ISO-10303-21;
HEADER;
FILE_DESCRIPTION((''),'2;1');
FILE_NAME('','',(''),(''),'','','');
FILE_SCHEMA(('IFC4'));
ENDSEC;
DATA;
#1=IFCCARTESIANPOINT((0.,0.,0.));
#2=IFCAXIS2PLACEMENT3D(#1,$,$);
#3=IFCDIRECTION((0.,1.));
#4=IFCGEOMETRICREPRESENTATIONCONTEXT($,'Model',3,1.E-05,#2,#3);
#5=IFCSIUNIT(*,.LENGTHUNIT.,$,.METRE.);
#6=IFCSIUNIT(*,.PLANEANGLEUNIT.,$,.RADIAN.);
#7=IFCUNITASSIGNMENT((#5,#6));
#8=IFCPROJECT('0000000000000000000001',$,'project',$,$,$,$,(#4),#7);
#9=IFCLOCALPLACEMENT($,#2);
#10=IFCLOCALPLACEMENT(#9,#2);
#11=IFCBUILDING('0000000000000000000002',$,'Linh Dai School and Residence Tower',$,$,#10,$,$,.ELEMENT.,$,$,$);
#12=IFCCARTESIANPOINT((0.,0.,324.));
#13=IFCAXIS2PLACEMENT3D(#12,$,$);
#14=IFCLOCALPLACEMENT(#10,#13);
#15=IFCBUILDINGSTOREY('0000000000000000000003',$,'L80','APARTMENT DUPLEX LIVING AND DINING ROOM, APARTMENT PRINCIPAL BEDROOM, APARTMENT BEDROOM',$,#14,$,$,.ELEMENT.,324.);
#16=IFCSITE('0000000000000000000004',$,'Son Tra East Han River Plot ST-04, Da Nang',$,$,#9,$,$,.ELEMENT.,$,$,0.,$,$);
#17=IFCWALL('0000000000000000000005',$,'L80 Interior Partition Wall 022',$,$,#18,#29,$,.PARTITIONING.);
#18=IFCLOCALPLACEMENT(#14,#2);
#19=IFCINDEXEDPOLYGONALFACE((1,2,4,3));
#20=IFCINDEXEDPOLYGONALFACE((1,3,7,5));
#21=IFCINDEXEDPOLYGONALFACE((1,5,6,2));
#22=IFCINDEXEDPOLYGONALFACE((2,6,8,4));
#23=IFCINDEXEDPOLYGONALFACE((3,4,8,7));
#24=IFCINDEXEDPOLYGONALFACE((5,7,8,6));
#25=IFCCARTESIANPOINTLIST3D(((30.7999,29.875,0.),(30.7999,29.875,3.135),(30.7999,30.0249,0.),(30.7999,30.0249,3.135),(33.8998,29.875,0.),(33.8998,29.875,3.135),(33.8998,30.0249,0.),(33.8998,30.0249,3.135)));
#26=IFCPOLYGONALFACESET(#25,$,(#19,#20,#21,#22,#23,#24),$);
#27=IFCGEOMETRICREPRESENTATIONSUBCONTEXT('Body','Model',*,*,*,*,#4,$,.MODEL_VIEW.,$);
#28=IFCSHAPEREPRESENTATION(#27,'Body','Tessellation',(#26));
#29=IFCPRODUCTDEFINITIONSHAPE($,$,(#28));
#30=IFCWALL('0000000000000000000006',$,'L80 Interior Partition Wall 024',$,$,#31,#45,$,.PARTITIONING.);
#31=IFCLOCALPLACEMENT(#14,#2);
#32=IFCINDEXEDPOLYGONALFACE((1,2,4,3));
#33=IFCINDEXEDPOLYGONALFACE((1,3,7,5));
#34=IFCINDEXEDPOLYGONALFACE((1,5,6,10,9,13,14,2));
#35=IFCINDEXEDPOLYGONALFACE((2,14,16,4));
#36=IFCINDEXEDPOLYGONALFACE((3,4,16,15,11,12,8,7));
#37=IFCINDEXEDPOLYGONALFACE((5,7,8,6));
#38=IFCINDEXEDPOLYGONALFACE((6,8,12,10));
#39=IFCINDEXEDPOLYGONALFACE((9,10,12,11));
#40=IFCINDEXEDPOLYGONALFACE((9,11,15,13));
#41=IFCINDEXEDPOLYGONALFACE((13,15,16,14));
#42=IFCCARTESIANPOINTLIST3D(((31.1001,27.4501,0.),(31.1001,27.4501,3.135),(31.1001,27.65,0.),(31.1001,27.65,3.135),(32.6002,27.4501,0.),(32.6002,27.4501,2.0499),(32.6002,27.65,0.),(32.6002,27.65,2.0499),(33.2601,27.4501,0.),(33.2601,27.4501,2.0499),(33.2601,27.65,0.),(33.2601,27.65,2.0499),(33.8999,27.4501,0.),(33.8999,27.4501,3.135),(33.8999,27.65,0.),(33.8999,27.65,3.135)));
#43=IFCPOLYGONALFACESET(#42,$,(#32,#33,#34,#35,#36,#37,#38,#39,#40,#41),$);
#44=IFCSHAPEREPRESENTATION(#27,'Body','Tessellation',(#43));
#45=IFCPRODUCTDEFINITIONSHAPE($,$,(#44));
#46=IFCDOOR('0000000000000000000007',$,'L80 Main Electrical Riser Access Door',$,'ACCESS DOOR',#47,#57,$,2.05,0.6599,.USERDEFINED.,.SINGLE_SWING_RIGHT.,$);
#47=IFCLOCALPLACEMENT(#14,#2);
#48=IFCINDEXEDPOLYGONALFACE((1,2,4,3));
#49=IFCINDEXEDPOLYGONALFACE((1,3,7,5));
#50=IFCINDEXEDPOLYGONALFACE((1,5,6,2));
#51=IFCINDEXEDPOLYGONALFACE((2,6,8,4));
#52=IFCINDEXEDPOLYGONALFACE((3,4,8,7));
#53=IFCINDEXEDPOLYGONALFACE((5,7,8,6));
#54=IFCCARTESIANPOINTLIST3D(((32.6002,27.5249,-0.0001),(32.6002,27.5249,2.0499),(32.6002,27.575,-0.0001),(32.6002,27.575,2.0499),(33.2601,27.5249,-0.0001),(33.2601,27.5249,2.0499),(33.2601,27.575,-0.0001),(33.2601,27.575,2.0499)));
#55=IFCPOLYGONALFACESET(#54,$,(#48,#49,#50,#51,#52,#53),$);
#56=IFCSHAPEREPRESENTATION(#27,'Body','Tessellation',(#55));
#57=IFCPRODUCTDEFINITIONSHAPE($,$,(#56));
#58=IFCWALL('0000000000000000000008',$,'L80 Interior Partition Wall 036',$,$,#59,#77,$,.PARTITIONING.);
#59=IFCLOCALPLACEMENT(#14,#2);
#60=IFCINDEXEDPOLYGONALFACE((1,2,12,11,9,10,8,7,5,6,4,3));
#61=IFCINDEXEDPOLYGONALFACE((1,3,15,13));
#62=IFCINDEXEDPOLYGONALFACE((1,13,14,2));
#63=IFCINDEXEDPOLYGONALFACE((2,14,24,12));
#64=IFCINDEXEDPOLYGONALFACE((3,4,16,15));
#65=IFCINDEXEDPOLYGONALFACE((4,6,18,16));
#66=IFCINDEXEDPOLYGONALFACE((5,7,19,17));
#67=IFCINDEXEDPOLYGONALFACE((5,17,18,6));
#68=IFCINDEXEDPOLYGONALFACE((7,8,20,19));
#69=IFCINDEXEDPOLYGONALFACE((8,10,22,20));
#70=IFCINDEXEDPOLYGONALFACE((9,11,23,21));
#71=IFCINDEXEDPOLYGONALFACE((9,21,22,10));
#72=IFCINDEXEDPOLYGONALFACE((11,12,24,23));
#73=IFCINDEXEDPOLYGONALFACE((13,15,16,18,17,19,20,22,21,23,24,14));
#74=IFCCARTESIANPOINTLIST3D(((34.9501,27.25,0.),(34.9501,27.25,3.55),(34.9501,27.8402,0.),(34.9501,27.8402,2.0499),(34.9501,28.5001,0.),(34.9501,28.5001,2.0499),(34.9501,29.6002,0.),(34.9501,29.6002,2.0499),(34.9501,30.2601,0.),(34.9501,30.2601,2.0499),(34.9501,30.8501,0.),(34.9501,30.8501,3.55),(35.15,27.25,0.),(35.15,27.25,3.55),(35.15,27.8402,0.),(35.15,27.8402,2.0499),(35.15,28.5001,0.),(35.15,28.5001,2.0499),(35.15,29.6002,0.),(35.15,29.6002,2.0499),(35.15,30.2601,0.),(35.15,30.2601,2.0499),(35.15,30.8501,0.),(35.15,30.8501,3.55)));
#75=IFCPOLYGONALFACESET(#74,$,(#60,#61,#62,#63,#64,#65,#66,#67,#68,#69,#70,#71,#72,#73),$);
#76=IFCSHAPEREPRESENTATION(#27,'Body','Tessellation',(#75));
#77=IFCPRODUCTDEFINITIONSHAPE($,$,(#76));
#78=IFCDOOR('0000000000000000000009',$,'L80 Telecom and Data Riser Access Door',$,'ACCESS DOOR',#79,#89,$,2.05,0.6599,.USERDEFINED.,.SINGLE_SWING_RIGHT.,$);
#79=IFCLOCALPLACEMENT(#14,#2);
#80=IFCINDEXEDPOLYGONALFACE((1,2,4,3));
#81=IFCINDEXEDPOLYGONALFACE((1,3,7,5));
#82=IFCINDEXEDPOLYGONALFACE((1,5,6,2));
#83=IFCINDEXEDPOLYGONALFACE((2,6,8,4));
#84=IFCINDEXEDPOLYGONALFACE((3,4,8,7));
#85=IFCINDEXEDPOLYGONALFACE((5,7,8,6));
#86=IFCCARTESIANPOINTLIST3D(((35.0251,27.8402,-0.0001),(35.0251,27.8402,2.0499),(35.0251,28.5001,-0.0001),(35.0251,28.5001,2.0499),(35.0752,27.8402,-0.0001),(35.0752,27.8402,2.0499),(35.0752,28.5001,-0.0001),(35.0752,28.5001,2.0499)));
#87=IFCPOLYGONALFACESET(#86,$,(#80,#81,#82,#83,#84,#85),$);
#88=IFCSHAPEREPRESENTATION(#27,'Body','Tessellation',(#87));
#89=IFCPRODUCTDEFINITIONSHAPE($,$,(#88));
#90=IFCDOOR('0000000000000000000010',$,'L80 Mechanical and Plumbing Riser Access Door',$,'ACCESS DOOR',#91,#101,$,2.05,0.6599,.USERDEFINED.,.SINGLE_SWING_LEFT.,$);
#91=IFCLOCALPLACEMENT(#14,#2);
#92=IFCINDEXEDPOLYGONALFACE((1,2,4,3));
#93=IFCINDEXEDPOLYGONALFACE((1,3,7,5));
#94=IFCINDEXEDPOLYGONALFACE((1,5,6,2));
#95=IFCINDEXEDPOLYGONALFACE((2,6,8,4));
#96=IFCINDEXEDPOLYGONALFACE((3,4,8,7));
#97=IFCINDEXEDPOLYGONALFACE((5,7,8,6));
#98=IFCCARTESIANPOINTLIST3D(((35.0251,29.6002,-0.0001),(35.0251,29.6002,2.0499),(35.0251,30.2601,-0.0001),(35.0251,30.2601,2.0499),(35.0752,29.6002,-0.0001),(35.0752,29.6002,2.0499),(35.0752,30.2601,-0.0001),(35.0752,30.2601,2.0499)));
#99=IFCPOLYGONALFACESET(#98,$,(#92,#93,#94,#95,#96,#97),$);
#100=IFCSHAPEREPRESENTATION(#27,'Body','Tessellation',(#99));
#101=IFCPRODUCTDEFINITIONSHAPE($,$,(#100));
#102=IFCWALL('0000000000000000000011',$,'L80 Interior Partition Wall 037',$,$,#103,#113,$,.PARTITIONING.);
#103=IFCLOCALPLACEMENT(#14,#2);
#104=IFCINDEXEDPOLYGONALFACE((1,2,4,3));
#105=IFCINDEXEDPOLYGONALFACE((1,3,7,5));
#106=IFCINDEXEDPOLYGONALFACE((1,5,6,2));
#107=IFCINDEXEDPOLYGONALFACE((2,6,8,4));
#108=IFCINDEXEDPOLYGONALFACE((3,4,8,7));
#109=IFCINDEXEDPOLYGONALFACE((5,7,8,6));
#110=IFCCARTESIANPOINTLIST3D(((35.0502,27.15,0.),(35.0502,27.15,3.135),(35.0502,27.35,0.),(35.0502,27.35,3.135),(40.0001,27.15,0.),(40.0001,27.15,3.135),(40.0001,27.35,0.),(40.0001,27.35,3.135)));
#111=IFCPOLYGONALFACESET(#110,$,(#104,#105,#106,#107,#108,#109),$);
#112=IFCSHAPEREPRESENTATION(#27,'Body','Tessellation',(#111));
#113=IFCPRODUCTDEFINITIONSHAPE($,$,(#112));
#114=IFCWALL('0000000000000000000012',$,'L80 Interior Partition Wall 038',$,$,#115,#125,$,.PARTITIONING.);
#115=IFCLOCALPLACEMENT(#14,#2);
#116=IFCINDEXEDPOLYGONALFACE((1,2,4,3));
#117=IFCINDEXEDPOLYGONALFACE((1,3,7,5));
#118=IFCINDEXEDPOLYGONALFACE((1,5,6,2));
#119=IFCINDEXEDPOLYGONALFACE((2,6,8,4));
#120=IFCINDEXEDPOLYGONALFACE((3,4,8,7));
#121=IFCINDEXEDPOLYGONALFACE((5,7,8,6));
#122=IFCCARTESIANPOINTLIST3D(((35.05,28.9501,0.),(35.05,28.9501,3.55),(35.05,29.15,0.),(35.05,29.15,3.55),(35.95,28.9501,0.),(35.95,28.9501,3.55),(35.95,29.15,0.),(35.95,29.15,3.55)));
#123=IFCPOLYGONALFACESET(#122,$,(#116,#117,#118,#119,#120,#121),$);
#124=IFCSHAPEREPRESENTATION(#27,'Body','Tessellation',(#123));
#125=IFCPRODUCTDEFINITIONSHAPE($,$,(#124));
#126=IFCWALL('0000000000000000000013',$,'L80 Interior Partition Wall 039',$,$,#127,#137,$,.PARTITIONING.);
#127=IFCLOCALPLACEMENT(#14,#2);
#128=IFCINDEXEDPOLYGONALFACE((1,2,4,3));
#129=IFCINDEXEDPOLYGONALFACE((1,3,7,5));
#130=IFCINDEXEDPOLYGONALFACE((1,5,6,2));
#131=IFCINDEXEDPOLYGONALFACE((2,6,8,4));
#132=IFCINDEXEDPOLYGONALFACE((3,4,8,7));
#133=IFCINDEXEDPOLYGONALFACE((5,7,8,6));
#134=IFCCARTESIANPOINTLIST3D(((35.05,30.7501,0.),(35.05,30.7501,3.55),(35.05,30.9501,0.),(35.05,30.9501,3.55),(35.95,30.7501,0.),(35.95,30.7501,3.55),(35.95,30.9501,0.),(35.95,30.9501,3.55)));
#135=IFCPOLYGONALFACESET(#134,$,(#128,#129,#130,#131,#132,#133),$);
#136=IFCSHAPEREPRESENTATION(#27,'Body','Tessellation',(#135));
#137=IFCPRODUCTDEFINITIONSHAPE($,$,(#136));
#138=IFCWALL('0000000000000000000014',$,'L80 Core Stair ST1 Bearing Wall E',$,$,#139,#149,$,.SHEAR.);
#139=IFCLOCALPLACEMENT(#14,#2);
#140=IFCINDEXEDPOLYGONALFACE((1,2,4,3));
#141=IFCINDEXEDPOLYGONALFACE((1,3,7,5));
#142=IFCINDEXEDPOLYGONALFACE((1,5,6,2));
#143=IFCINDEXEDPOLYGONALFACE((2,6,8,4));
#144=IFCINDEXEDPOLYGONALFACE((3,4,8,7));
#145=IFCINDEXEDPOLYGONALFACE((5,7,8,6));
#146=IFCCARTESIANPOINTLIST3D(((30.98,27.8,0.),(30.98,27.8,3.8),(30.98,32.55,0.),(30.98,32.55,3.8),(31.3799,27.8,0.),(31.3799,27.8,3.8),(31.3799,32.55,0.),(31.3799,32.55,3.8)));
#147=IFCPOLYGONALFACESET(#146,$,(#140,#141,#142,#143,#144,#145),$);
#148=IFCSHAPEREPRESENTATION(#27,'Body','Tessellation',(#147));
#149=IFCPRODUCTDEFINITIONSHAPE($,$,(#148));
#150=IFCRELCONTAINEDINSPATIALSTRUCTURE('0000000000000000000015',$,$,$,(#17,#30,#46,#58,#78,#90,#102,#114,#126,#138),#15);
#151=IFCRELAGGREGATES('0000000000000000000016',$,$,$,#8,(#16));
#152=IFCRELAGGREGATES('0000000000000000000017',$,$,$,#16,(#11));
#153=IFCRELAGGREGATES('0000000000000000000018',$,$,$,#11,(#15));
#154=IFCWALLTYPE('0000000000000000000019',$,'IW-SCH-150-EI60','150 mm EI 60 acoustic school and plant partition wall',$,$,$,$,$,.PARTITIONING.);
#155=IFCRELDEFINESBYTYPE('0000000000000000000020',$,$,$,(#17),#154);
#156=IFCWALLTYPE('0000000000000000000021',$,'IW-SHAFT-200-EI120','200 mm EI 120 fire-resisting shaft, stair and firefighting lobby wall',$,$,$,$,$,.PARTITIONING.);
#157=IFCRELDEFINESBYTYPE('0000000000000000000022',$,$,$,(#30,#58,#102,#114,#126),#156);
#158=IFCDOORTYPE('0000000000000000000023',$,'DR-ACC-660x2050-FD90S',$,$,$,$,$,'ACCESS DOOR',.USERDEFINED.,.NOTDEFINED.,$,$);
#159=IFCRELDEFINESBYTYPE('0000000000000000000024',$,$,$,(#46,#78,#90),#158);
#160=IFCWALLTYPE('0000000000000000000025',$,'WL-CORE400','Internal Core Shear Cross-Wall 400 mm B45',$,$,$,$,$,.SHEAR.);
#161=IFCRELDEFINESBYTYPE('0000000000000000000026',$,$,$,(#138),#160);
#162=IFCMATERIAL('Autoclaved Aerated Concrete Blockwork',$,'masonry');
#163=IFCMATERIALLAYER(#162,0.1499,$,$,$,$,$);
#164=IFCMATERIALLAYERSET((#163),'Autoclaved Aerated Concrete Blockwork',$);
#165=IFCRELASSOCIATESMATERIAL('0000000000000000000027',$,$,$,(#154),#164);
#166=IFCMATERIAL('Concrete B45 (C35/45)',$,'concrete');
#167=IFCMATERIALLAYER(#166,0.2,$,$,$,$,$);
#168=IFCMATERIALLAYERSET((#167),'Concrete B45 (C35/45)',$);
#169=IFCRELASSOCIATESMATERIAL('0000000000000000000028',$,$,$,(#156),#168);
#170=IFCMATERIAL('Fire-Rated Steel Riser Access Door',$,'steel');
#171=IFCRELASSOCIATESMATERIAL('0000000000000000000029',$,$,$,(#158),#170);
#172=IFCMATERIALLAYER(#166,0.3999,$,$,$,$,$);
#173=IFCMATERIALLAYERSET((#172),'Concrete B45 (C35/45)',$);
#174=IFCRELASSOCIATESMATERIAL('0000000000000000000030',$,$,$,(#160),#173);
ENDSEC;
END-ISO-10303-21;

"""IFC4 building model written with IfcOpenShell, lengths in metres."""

from ifc_helpers import new_model, si_unit, direction, frame, frame_2d, origin, origin_2d, place, context, subcontext, project, spatial, rectangle, extrude, source, transform, mapped, material, layer, layer_set, type_object, element, fill, save


model = new_model("IFC4")

# Units and contexts
model_context = context("Model", 3, precision=1e-05, world=origin(), true_north=direction((0.0, 1.0)))
body_context = subcontext(model_context, "Body", "Model", "MODEL_VIEW")
ifc_project = project(units=[si_unit("LENGTHUNIT", "METRE"), si_unit("PLANEANGLEUNIT", "RADIAN")], contexts=[model_context])

# Site, building, storey
site_placement = place(None, origin())
site = spatial("IfcSite", under=ifc_project, at=site_placement, Name="Son Tra East Han River Plot ST-04, Da Nang", CompositionType="ELEMENT", RefElevation=0.0)
building_placement = place(site_placement, origin())
building = spatial("IfcBuilding", under=site, at=building_placement, Name="Linh Dai School and Residence Tower", CompositionType="ELEMENT")
storey_placement = place(building_placement, frame((0.0, 0.0, 324.0)))
storey = spatial("IfcBuildingStorey", under=building, at=storey_placement, Name="L80", Description="APARTMENT DUPLEX LIVING AND DINING ROOM, APARTMENT PRINCIPAL BEDROOM, APARTMENT BEDROOM", CompositionType="ELEMENT", Elevation=324.0)

# Shared definitions
ifc_material_1 = material(Name="Autoclaved Aerated Concrete Blockwork", Category="masonry")

# Wall
ifc_layer_1 = layer(ifc_material_1, 0.1499)
ifc_layer_set_1 = layer_set([ifc_layer_1], Name="Autoclaved Aerated Concrete Blockwork")
wall_type_1 = type_object("IfcWallType", Name="IW-SCH-150-EI60", Description="150 mm EI 60 acoustic school and plant partition wall", PredefinedType="PARTITIONING", material=ifc_layer_set_1)
wall_1_placement = place(storey_placement, frame((30.8, 29.95, 0.0), z_axis=(0.0, 0.0, 1.0), x_axis=(1.0, 0.0, 0.0)))
element("IfcWall", 1, at=wall_1_placement, inside=storey, type_object=wall_type_1, Name="L80 Interior Partition Wall 022", PredefinedType="PARTITIONING", context=body_context, shape_type="SweptSolid", body=[
    extrude(rectangle(XDim=3.0999, YDim=0.1499, at=frame_2d((1.5498, 0.0))), origin(), (0.0, 0.0, 1.0), 3.135),
])

# Wall, opening, door
ifc_material_2 = material(Name="Concrete B45 (C35/45)", Category="concrete")
ifc_layer_2 = layer(ifc_material_2, 0.2)
ifc_layer_set_2 = layer_set([ifc_layer_2], Name="Concrete B45 (C35/45)")
wall_type_2 = type_object("IfcWallType", Name="IW-SHAFT-200-EI120", Description="200 mm EI 120 fire-resisting shaft, stair and firefighting lobby wall", PredefinedType="PARTITIONING", material=ifc_layer_set_2)
wall_2_placement = place(storey_placement, frame((31.1001, 27.55, 0.0), z_axis=(0.0, 0.0, 1.0), x_axis=(1.0, 0.0, 0.0)))
wall_2 = element("IfcWall", 2, at=wall_2_placement, inside=storey, type_object=wall_type_2, Name="L80 Interior Partition Wall 024", PredefinedType="PARTITIONING", context=body_context, shape_type="SweptSolid", body=[
    extrude(rectangle(XDim=2.7998, YDim=0.2, at=frame_2d((1.3999, 0.0))), origin(), (0.0, 0.0, 1.0), 3.135),
])
opening_1_placement = place(wall_2_placement, frame((1.5, 0.0, 0.0)))
opening_1 = element("IfcOpeningElement", 3, at=opening_1_placement, cuts=wall_2, PredefinedType="OPENING", context=body_context, shape_type="SweptSolid", body=[
    extrude(rectangle(XDim=0.6599, YDim=2.05, at=origin_2d()), frame((0.3301, 0.1099, 1.0249), z_axis=(0.0, -1.0, 0.0), x_axis=(1.0, 0.0, 0.0)), (0.0, 0.0, 1.0), 0.22),
])
ifc_material_3 = material(Name="Fire-Rated Steel Riser Access Door", Category="steel")
door_type_1 = type_object("IfcDoorType", Name="DR-ACC-660x2050-FD90S", ElementType="ACCESS DOOR", OperationType="NOTDEFINED", PredefinedType="USERDEFINED", material=ifc_material_3)
shared_shape_1 = source(origin(), body_context, "Body", "SweptSolid", [
    extrude(rectangle(XDim=0.6599, YDim=2.05, at=origin_2d()), frame((0.3301, 0.0249, 1.0249), z_axis=(0.0, -1.0, 0.0), x_axis=(1.0, 0.0, 0.0)), (0.0, 0.0, 1.0), 0.05),
])
door_1_placement = place(opening_1_placement, origin())
door_1 = element("IfcDoor", 4, at=door_1_placement, inside=storey, type_object=door_type_1, Name="L80 Main Electrical Riser Access Door", ObjectType="ACCESS DOOR", OperationType="SINGLE_SWING_RIGHT", OverallHeight=2.05, OverallWidth=0.6599, PredefinedType="USERDEFINED", context=body_context, shape_type="MappedRepresentation", body=[
    mapped(shared_shape_1, transform((0.0, 0.0, 0.0), x_axis=(1.0, 0.0, 0.0), y_axis=(0.0, 1.0, 0.0), z_axis=(0.0, 0.0, 1.0), scale=1.0)),
])
fill(opening_1, door_1)

# Wall, openings, doors
wall_3_placement = place(storey_placement, frame((35.05, 27.25, 0.0), z_axis=(0.0, 0.0, 1.0), x_axis=(0.0, 1.0, 0.0)))
wall_3 = element("IfcWall", 5, at=wall_3_placement, inside=storey, type_object=wall_type_2, Name="L80 Interior Partition Wall 036", PredefinedType="PARTITIONING", context=body_context, shape_type="SweptSolid", body=[
    extrude(rectangle(XDim=3.6001, YDim=0.2, at=frame_2d((1.8, 0.0))), origin(), (0.0, 0.0, 1.0), 3.55),
])
opening_2_placement = place(wall_3_placement, frame((0.5901, 0.0, 0.0)))
opening_2 = element("IfcOpeningElement", 6, at=opening_2_placement, cuts=wall_3, PredefinedType="OPENING", context=body_context, shape_type="SweptSolid", body=[
    extrude(rectangle(XDim=0.6599, YDim=2.05, at=origin_2d()), frame((0.3301, 0.1099, 1.0249), z_axis=(0.0, -1.0, 0.0), x_axis=(1.0, 0.0, 0.0)), (0.0, 0.0, 1.0), 0.22),
])
opening_3_placement = place(wall_3_placement, frame((2.3501, 0.0, 0.0)))
opening_3 = element("IfcOpeningElement", 7, at=opening_3_placement, cuts=wall_3, PredefinedType="OPENING", context=body_context, shape_type="SweptSolid", body=[
    extrude(rectangle(XDim=0.6599, YDim=2.05, at=origin_2d()), frame((0.3301, 0.1099, 1.0249), z_axis=(0.0, -1.0, 0.0), x_axis=(1.0, 0.0, 0.0)), (0.0, 0.0, 1.0), 0.22),
])
door_2_placement = place(opening_2_placement, origin())
door_2 = element("IfcDoor", 8, at=door_2_placement, inside=storey, type_object=door_type_1, Name="L80 Telecom and Data Riser Access Door", ObjectType="ACCESS DOOR", OperationType="SINGLE_SWING_RIGHT", OverallHeight=2.05, OverallWidth=0.6599, PredefinedType="USERDEFINED", context=body_context, shape_type="MappedRepresentation", body=[
    mapped(shared_shape_1, transform((0.0, 0.0, 0.0), x_axis=(1.0, 0.0, 0.0), y_axis=(0.0, 1.0, 0.0), z_axis=(0.0, 0.0, 1.0), scale=1.0)),
])
fill(opening_2, door_2)
door_3_placement = place(opening_3_placement, origin())
door_3 = element("IfcDoor", 9, at=door_3_placement, inside=storey, type_object=door_type_1, Name="L80 Mechanical and Plumbing Riser Access Door", ObjectType="ACCESS DOOR", OperationType="SINGLE_SWING_LEFT", OverallHeight=2.05, OverallWidth=0.6599, PredefinedType="USERDEFINED", context=body_context, shape_type="MappedRepresentation", body=[
    mapped(shared_shape_1, transform((0.0, 0.0, 0.0), x_axis=(1.0, 0.0, 0.0), y_axis=(0.0, 1.0, 0.0), z_axis=(0.0, 0.0, 1.0), scale=1.0)),
])
fill(opening_3, door_3)

# Walls
wall_4_placement = place(storey_placement, frame((35.05, 27.25, 0.0), z_axis=(0.0, 0.0, 1.0), x_axis=(1.0, 0.0, 0.0)))
element("IfcWall", 10, at=wall_4_placement, inside=storey, type_object=wall_type_2, Name="L80 Interior Partition Wall 037", PredefinedType="PARTITIONING", context=body_context, shape_type="SweptSolid", body=[
    extrude(rectangle(XDim=4.95, YDim=0.2, at=frame_2d((2.4751, 0.0))), origin(), (0.0, 0.0, 1.0), 3.135),
])
for number, where, z_axis, x_axis, name in (
    (11, (35.05, 29.05, 0.0), (0.0, 0.0, 1.0), (1.0, 0.0, 0.0), "L80 Interior Partition Wall 038"),
    (12, (35.05, 30.8501, 0.0), (0.0, 0.0, 1.0), (1.0, 0.0, 0.0), "L80 Interior Partition Wall 039"),
):
    element("IfcWall", number, at=place(storey_placement, frame(where, z_axis=z_axis, x_axis=x_axis)), inside=storey, type_object=wall_type_2, Name=name, PredefinedType="PARTITIONING", context=body_context, shape_type="SweptSolid", body=[
        extrude(rectangle(XDim=0.8999, YDim=0.2, at=frame_2d((0.45, 0.0))), origin(), (0.0, 0.0, 1.0), 3.55),
    ])
ifc_layer_3 = layer(ifc_material_2, 0.3999)
ifc_layer_set_3 = layer_set([ifc_layer_3], Name="Concrete B45 (C35/45)")
wall_type_3 = type_object("IfcWallType", Name="WL-CORE400", Description="Internal Core Shear Cross-Wall 400 mm B45", PredefinedType="SHEAR", material=ifc_layer_set_3)
wall_5_placement = place(storey_placement, frame((31.1799, 27.8, 0.0), z_axis=(0.0, 0.0, 1.0), x_axis=(0.0, 1.0, 0.0)))
element("IfcWall", 13, at=wall_5_placement, inside=storey, type_object=wall_type_3, Name="L80 Core Stair ST1 Bearing Wall E", PredefinedType="SHEAR", context=body_context, shape_type="SweptSolid", body=[
    extrude(rectangle(XDim=4.75, YDim=0.3999, at=frame_2d((2.375, 0.0))), origin(), (0.0, 0.0, 1.0), 3.8),
])

save(model, "model.ifc")
